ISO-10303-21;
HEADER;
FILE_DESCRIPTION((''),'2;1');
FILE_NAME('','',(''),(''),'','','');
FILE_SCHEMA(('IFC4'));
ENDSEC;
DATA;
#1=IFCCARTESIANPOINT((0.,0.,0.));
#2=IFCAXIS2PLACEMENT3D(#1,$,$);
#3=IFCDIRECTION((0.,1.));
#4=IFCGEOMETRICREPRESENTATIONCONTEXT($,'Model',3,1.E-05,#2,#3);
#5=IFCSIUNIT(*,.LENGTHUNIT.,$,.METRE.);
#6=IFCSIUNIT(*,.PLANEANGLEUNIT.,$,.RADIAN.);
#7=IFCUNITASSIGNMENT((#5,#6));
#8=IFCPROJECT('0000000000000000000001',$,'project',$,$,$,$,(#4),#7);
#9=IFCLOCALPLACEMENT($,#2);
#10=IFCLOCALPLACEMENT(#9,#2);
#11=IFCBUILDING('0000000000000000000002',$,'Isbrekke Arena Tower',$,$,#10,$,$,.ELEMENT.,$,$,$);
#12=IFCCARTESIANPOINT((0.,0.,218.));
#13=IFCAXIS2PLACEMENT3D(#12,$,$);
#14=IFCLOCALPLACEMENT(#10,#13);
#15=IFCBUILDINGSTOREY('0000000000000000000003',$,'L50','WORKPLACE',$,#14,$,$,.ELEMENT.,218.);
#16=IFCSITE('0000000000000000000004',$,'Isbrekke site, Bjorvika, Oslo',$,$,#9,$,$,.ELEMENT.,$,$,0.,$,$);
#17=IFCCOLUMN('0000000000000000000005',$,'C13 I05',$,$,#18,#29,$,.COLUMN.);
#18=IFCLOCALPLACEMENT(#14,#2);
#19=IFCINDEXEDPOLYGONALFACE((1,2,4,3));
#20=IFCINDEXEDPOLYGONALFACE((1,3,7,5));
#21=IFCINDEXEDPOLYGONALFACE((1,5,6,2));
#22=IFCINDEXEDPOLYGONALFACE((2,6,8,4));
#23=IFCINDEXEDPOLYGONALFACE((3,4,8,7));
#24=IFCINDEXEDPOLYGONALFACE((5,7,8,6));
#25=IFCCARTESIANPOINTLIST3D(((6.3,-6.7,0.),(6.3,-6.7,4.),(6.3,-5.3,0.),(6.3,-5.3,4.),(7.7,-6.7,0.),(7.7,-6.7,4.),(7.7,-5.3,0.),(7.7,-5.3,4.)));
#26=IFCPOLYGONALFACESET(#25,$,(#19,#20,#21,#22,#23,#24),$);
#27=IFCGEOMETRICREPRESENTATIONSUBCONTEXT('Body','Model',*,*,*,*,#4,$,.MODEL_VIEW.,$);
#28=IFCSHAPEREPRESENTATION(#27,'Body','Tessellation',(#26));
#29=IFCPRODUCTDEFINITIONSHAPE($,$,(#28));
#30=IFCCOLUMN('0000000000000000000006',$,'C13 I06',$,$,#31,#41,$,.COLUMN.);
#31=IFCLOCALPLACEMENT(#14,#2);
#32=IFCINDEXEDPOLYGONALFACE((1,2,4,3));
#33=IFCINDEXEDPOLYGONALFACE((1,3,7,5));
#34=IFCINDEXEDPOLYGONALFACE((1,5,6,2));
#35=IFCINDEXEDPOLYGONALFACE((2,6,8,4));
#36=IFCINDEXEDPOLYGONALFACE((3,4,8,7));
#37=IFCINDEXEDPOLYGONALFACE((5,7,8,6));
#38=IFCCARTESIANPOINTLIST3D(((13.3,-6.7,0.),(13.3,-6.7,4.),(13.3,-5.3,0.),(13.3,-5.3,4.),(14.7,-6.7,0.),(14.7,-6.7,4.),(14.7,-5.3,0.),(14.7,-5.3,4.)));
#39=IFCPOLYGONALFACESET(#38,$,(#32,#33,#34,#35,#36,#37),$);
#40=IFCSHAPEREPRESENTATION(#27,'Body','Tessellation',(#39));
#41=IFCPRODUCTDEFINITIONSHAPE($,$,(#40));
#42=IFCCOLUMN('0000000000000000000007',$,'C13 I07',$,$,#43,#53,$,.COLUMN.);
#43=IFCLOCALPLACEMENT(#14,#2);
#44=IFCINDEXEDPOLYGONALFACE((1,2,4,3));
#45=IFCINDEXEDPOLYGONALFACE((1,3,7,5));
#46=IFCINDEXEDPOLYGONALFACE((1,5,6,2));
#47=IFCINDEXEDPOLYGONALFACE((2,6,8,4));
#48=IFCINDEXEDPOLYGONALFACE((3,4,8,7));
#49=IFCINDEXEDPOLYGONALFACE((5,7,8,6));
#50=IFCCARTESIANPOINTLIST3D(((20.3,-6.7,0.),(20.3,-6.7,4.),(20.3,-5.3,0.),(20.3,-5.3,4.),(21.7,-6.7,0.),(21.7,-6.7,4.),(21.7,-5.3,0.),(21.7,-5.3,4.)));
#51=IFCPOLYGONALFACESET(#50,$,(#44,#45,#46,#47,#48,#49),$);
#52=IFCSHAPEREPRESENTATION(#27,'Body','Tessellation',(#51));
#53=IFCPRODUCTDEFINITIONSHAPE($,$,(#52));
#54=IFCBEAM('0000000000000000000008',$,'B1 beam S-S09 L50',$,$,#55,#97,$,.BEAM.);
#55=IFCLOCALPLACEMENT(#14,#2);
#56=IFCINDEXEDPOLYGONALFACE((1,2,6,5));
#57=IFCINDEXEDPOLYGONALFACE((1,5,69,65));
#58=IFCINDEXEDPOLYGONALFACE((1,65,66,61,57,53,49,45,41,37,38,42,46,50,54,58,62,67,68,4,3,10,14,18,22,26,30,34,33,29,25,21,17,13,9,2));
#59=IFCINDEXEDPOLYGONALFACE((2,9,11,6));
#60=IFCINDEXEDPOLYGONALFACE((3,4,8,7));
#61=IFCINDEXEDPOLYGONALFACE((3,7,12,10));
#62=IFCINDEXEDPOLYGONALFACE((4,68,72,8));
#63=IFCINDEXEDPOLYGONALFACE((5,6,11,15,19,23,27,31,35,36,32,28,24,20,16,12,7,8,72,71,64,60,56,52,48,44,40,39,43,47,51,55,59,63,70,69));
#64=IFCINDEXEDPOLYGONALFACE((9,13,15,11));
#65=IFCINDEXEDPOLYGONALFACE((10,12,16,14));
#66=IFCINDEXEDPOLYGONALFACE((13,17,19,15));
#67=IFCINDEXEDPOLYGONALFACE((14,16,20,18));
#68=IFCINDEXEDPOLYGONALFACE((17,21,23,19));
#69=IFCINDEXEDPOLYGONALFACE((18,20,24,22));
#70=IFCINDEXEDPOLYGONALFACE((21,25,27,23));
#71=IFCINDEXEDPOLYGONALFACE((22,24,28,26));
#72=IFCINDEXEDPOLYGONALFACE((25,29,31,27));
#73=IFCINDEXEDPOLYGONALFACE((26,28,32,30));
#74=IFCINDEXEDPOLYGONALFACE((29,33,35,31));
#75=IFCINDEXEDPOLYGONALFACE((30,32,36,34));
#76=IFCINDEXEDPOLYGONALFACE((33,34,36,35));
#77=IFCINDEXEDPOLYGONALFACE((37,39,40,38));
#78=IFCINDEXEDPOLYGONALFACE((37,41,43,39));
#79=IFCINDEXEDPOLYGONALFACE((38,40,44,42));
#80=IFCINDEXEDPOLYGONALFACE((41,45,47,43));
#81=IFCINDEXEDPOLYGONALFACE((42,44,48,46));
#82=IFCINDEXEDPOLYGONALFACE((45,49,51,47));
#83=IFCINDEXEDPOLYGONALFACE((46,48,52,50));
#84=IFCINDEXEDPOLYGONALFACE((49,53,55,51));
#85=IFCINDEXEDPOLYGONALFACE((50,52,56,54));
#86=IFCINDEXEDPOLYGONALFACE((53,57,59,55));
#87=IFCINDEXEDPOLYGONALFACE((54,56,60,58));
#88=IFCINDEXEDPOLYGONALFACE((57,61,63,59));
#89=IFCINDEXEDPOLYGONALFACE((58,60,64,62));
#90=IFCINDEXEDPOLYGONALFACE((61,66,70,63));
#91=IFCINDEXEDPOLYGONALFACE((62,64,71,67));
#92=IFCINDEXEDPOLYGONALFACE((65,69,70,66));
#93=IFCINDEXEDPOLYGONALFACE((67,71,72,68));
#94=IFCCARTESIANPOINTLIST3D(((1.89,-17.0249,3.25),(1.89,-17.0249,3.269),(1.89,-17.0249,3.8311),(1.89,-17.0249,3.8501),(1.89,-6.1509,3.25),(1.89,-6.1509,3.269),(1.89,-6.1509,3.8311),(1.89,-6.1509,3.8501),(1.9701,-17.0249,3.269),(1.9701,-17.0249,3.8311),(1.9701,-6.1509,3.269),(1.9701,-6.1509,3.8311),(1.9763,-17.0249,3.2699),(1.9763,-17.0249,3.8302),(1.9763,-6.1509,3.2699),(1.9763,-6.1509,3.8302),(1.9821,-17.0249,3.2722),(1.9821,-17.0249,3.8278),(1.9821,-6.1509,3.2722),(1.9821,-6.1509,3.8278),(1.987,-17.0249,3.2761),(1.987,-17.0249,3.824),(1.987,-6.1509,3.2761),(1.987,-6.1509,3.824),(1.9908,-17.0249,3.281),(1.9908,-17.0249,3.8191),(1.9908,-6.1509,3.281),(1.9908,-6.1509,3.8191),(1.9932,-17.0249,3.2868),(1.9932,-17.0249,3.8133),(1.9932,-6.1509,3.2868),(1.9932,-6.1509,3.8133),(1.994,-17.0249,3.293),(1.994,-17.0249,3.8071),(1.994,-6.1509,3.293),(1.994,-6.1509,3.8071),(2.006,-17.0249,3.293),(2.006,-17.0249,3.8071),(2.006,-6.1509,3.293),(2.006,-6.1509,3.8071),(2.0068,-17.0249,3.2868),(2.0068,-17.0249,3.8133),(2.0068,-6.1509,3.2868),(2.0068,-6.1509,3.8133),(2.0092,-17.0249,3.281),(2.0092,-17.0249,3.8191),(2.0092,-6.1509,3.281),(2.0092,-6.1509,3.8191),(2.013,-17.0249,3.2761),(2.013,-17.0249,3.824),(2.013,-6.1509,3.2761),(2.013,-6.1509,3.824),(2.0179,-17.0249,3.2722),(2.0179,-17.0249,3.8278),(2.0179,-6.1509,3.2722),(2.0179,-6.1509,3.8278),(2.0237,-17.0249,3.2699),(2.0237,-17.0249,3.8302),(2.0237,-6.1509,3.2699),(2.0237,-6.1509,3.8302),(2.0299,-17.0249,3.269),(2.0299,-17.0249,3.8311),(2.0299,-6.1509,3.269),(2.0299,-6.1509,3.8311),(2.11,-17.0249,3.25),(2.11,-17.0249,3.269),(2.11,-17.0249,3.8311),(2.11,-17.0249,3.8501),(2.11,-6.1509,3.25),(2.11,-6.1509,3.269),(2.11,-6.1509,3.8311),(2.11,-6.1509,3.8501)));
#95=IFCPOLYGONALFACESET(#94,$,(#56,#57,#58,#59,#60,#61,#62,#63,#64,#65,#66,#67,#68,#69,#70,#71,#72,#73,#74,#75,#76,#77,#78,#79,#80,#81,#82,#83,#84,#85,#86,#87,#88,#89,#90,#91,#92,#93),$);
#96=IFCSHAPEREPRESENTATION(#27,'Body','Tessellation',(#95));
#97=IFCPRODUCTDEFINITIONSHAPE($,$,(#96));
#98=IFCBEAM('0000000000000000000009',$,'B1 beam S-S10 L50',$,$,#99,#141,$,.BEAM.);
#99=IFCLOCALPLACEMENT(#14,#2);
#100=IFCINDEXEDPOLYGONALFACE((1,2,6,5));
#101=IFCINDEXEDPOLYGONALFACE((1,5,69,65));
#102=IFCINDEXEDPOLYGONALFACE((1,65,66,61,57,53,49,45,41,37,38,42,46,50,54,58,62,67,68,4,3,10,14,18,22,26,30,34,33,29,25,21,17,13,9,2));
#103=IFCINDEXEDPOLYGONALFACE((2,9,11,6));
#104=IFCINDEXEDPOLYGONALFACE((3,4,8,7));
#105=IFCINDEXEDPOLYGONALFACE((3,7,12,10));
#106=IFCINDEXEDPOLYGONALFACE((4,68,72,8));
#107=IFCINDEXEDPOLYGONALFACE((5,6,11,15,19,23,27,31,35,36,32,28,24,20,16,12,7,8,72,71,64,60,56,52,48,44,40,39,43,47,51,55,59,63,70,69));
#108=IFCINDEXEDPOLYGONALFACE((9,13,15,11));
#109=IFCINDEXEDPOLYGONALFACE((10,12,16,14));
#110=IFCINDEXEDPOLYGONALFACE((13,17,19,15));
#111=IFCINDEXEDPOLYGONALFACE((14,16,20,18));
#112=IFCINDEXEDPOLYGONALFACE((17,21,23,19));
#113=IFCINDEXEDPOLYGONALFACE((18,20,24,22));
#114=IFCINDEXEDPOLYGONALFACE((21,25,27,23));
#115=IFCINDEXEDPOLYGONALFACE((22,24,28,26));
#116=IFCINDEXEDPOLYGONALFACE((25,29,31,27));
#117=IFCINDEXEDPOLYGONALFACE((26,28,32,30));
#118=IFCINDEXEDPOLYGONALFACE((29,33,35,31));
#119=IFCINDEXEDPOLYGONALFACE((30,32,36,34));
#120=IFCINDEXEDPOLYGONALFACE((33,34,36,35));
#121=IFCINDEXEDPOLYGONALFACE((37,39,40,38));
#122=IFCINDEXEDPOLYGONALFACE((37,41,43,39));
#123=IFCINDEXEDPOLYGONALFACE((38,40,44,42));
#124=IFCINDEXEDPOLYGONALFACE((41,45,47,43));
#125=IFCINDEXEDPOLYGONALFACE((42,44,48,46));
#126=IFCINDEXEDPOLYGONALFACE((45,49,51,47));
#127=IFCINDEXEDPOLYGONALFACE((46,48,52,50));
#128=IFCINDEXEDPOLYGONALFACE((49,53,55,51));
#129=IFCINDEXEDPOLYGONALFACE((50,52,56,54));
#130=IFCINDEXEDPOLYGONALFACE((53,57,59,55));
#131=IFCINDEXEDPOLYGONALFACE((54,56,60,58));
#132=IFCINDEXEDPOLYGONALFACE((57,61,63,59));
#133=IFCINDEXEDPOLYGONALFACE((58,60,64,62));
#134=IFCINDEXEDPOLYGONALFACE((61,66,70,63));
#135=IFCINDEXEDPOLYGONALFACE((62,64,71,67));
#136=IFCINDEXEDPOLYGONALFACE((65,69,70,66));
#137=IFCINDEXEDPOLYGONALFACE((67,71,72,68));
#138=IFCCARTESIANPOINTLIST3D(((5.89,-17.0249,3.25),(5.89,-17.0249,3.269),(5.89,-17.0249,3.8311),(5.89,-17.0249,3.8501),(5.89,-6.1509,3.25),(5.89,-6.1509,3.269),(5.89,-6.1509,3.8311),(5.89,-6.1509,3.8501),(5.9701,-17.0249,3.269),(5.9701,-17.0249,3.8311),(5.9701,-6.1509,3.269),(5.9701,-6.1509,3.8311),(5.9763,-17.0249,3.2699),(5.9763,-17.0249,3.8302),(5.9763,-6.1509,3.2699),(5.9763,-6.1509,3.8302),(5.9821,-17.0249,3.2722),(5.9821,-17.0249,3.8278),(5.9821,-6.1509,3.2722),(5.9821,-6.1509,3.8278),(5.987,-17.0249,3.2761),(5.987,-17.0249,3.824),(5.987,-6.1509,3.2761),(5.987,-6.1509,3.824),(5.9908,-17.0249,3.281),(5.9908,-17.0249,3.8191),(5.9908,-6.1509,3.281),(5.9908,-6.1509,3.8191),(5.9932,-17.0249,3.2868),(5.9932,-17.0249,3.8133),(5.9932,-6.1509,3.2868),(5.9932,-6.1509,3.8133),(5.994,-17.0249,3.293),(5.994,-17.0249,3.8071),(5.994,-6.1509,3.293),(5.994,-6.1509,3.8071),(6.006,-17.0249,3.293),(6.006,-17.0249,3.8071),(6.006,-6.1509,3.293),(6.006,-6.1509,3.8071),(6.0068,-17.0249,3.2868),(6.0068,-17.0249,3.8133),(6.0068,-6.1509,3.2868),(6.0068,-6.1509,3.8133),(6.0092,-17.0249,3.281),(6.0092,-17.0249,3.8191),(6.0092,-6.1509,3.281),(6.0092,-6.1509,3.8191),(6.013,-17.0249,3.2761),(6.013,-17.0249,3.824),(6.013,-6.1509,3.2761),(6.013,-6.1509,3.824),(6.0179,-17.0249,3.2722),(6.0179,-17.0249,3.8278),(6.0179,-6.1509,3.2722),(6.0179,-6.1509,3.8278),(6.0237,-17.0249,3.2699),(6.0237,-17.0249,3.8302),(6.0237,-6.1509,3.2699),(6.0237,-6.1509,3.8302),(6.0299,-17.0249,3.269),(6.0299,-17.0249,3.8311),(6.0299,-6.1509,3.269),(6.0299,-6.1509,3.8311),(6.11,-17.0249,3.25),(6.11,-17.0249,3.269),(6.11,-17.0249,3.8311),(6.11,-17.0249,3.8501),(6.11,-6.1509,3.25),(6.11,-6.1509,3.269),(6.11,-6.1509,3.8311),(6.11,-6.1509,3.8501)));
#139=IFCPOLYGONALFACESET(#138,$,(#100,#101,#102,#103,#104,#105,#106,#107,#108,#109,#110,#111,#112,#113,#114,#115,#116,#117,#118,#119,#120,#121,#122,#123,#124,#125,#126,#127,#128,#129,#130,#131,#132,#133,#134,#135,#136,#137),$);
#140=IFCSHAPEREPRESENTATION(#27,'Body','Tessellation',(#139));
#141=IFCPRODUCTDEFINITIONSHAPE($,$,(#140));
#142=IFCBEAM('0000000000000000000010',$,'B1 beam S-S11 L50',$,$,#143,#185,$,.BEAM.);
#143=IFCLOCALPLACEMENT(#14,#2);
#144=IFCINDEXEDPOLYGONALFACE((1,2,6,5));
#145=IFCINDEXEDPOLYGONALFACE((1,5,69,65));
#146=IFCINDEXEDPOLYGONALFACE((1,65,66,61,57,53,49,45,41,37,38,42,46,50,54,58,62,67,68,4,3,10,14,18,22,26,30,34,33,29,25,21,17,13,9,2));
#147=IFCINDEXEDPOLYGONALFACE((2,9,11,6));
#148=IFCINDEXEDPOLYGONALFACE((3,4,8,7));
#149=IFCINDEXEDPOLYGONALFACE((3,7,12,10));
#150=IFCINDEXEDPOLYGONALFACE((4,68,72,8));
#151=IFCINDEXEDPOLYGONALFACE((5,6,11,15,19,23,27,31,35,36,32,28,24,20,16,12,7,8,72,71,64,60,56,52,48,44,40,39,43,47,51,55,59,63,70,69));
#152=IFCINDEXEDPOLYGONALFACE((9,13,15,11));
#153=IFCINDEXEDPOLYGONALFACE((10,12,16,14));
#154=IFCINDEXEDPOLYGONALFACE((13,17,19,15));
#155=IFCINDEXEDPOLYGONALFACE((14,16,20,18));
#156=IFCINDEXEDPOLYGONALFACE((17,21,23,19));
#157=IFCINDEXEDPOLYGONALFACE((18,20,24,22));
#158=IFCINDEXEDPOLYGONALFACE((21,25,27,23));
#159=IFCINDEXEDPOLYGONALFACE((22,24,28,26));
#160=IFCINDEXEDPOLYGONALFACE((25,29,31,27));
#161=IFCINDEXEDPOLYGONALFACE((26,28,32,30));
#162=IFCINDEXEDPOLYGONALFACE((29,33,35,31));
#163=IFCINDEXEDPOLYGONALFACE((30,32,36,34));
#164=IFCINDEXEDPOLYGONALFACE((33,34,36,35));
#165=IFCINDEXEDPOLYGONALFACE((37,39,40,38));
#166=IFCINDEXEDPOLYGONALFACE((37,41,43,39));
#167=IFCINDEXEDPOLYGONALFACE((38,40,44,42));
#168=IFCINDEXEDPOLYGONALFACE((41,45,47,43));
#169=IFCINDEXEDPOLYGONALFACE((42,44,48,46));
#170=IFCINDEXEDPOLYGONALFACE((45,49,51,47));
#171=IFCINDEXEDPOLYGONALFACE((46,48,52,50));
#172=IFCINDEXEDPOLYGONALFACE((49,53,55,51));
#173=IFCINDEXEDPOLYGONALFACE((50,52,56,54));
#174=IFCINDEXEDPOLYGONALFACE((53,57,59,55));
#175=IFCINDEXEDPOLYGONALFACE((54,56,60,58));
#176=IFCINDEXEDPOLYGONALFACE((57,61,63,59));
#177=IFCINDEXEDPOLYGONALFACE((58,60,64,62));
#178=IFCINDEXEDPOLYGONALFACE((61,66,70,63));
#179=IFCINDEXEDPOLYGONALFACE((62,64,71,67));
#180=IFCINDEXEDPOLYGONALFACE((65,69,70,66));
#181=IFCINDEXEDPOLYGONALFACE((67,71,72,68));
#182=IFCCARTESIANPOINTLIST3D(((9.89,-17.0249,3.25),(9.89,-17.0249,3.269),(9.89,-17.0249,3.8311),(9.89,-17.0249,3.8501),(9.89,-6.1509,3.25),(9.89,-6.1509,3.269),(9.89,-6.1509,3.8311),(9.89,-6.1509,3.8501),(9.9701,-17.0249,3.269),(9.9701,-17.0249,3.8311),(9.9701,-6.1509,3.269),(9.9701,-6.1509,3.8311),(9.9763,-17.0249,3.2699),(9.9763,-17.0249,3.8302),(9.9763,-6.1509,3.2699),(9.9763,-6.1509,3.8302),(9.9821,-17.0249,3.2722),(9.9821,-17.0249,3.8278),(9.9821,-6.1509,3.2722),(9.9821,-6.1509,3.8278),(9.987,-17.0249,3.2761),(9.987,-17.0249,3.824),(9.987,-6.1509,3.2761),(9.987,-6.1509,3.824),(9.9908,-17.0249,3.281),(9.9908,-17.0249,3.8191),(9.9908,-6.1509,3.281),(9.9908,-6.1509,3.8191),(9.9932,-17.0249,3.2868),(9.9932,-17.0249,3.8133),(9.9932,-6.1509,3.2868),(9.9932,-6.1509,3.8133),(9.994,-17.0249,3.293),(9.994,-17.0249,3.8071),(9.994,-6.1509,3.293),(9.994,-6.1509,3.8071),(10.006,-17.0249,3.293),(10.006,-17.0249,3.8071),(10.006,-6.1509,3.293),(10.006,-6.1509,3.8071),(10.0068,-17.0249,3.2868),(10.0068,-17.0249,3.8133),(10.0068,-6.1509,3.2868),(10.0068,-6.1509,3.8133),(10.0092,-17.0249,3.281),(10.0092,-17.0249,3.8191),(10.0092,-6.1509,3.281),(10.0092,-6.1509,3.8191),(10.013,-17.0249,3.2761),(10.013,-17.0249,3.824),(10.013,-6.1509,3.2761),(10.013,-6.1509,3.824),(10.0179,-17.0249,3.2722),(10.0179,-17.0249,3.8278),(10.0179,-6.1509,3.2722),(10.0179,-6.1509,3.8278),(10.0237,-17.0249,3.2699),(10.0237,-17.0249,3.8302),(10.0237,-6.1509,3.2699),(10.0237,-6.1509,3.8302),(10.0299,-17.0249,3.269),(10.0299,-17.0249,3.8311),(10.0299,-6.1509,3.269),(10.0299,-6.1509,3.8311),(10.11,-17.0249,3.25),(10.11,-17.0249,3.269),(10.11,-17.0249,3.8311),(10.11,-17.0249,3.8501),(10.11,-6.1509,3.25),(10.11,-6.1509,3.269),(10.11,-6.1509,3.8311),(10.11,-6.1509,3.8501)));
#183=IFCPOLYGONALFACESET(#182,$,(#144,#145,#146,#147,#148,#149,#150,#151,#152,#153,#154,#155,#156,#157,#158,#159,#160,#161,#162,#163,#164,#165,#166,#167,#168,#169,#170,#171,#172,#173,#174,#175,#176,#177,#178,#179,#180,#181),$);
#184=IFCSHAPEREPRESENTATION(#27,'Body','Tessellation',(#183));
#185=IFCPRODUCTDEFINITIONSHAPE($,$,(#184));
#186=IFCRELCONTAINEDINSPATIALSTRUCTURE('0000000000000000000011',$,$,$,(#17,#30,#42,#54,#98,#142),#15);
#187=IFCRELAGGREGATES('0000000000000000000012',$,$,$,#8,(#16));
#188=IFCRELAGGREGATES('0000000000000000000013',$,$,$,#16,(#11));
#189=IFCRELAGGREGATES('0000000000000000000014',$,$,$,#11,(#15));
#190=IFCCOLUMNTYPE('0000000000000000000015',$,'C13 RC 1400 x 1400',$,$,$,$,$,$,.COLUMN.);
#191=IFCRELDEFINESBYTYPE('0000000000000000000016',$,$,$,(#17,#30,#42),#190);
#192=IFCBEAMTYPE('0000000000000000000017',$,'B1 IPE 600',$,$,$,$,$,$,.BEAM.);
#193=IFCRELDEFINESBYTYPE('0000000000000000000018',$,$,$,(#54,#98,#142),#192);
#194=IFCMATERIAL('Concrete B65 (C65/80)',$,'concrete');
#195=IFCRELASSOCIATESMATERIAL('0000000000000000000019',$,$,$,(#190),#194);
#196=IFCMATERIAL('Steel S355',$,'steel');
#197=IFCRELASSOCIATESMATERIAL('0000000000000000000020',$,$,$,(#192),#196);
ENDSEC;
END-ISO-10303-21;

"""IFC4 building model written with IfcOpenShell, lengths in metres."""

from ifc_helpers import new_model, si_unit, direction, frame, origin, origin_2d, place, context, subcontext, project, spatial, rectangle, i_section, extrude, material, material_profile, profile_set, type_object, element, save


model = new_model("IFC4")

# Units and contexts
model_context = context("Model", 3, precision=1e-05, world=origin(), true_north=direction((0.0, 1.0)))
body_context = subcontext(model_context, "Body", "Model", "MODEL_VIEW")
ifc_project = project(units=[si_unit("LENGTHUNIT", "METRE"), si_unit("PLANEANGLEUNIT", "RADIAN")], contexts=[model_context])

# Site, building, storey
site_placement = place(None, origin())
site = spatial("IfcSite", under=ifc_project, at=site_placement, Name="Isbrekke site, Bjorvika, Oslo", CompositionType="ELEMENT", RefElevation=0.0)
building_placement = place(site_placement, origin())
building = spatial("IfcBuilding", under=site, at=building_placement, Name="Isbrekke Arena Tower", CompositionType="ELEMENT")
storey_placement = place(building_placement, frame((0.0, 0.0, 218.0)))
storey = spatial("IfcBuildingStorey", under=building, at=storey_placement, Name="L50", Description="WORKPLACE", CompositionType="ELEMENT", Elevation=218.0)

# Columns
ifc_material_1 = material(Name="Concrete B65 (C65/80)", Category="concrete")
ifc_material_profile_1 = material_profile(ifc_material_1, rectangle(XDim=1.3999, YDim=1.3999, at=origin_2d()), Name="RC 1400x1400")
ifc_profile_set_1 = profile_set([ifc_material_profile_1], Name="Concrete B65 (C65/80)")
column_type = type_object("IfcColumnType", Name="C13 RC 1400 x 1400", PredefinedType="COLUMN", material=ifc_profile_set_1)
for number, where, z_axis, x_axis, name in (
    (1, (7.0, -6.0, 0.0), (0.0, 0.0, 1.0), (1.0, 0.0, 0.0), "C13 I05"),
    (2, (14.0, -6.0, 0.0), (0.0, 0.0, 1.0), (1.0, 0.0, 0.0), "C13 I06"),
    (3, (21.0, -6.0, 0.0), (0.0, 0.0, 1.0), (1.0, 0.0, 0.0), "C13 I07"),
):
    element("IfcColumn", number, at=place(storey_placement, frame(where, z_axis=z_axis, x_axis=x_axis)), inside=storey, type_object=column_type, Name=name, PredefinedType="COLUMN", context=body_context, shape_type="SweptSolid", body=[
        extrude(rectangle(XDim=1.3999, YDim=1.3999, at=origin_2d()), origin(), (0.0, 0.0, 1.0), 4.0),
    ])

# Beams
ifc_material_2 = material(Name="Steel S355", Category="steel")
ifc_material_profile_2 = material_profile(ifc_material_2, i_section(OverallWidth=0.22, OverallDepth=0.6001, WebThickness=0.012, FlangeThickness=0.019, FilletRadius=0.0239, at=origin_2d()), Name="IPE 600")
ifc_profile_set_2 = profile_set([ifc_material_profile_2], Name="Steel S355")
beam_type_1 = type_object("IfcBeamType", Name="B1 IPE 600", PredefinedType="BEAM", material=ifc_profile_set_2)
for number, where, z_axis, x_axis, name in (
    (4, (2.0, -17.0249, 3.55), (0.0, 1.0, 0.0), (-1.0, 0.0, 0.0), "B1 beam S-S09 L50"),
    (5, (6.0, -17.0249, 3.55), (0.0, 1.0, 0.0), (-1.0, 0.0, 0.0), "B1 beam S-S10 L50"),
    (6, (10.0, -17.0249, 3.55), (0.0, 1.0, 0.0), (-1.0, 0.0, 0.0), "B1 beam S-S11 L50"),
):
    element("IfcBeam", number, at=place(storey_placement, frame(where, z_axis=z_axis, x_axis=x_axis)), inside=storey, type_object=beam_type_1, Name=name, PredefinedType="BEAM", context=body_context, shape_type="SweptSolid", body=[
        extrude(i_section(OverallWidth=0.22, OverallDepth=0.6001, WebThickness=0.012, FlangeThickness=0.019, FilletRadius=0.0239, at=origin_2d()), origin(), (0.0, 0.0, 1.0), 10.874),
    ])

save(model, "model.ifc")
